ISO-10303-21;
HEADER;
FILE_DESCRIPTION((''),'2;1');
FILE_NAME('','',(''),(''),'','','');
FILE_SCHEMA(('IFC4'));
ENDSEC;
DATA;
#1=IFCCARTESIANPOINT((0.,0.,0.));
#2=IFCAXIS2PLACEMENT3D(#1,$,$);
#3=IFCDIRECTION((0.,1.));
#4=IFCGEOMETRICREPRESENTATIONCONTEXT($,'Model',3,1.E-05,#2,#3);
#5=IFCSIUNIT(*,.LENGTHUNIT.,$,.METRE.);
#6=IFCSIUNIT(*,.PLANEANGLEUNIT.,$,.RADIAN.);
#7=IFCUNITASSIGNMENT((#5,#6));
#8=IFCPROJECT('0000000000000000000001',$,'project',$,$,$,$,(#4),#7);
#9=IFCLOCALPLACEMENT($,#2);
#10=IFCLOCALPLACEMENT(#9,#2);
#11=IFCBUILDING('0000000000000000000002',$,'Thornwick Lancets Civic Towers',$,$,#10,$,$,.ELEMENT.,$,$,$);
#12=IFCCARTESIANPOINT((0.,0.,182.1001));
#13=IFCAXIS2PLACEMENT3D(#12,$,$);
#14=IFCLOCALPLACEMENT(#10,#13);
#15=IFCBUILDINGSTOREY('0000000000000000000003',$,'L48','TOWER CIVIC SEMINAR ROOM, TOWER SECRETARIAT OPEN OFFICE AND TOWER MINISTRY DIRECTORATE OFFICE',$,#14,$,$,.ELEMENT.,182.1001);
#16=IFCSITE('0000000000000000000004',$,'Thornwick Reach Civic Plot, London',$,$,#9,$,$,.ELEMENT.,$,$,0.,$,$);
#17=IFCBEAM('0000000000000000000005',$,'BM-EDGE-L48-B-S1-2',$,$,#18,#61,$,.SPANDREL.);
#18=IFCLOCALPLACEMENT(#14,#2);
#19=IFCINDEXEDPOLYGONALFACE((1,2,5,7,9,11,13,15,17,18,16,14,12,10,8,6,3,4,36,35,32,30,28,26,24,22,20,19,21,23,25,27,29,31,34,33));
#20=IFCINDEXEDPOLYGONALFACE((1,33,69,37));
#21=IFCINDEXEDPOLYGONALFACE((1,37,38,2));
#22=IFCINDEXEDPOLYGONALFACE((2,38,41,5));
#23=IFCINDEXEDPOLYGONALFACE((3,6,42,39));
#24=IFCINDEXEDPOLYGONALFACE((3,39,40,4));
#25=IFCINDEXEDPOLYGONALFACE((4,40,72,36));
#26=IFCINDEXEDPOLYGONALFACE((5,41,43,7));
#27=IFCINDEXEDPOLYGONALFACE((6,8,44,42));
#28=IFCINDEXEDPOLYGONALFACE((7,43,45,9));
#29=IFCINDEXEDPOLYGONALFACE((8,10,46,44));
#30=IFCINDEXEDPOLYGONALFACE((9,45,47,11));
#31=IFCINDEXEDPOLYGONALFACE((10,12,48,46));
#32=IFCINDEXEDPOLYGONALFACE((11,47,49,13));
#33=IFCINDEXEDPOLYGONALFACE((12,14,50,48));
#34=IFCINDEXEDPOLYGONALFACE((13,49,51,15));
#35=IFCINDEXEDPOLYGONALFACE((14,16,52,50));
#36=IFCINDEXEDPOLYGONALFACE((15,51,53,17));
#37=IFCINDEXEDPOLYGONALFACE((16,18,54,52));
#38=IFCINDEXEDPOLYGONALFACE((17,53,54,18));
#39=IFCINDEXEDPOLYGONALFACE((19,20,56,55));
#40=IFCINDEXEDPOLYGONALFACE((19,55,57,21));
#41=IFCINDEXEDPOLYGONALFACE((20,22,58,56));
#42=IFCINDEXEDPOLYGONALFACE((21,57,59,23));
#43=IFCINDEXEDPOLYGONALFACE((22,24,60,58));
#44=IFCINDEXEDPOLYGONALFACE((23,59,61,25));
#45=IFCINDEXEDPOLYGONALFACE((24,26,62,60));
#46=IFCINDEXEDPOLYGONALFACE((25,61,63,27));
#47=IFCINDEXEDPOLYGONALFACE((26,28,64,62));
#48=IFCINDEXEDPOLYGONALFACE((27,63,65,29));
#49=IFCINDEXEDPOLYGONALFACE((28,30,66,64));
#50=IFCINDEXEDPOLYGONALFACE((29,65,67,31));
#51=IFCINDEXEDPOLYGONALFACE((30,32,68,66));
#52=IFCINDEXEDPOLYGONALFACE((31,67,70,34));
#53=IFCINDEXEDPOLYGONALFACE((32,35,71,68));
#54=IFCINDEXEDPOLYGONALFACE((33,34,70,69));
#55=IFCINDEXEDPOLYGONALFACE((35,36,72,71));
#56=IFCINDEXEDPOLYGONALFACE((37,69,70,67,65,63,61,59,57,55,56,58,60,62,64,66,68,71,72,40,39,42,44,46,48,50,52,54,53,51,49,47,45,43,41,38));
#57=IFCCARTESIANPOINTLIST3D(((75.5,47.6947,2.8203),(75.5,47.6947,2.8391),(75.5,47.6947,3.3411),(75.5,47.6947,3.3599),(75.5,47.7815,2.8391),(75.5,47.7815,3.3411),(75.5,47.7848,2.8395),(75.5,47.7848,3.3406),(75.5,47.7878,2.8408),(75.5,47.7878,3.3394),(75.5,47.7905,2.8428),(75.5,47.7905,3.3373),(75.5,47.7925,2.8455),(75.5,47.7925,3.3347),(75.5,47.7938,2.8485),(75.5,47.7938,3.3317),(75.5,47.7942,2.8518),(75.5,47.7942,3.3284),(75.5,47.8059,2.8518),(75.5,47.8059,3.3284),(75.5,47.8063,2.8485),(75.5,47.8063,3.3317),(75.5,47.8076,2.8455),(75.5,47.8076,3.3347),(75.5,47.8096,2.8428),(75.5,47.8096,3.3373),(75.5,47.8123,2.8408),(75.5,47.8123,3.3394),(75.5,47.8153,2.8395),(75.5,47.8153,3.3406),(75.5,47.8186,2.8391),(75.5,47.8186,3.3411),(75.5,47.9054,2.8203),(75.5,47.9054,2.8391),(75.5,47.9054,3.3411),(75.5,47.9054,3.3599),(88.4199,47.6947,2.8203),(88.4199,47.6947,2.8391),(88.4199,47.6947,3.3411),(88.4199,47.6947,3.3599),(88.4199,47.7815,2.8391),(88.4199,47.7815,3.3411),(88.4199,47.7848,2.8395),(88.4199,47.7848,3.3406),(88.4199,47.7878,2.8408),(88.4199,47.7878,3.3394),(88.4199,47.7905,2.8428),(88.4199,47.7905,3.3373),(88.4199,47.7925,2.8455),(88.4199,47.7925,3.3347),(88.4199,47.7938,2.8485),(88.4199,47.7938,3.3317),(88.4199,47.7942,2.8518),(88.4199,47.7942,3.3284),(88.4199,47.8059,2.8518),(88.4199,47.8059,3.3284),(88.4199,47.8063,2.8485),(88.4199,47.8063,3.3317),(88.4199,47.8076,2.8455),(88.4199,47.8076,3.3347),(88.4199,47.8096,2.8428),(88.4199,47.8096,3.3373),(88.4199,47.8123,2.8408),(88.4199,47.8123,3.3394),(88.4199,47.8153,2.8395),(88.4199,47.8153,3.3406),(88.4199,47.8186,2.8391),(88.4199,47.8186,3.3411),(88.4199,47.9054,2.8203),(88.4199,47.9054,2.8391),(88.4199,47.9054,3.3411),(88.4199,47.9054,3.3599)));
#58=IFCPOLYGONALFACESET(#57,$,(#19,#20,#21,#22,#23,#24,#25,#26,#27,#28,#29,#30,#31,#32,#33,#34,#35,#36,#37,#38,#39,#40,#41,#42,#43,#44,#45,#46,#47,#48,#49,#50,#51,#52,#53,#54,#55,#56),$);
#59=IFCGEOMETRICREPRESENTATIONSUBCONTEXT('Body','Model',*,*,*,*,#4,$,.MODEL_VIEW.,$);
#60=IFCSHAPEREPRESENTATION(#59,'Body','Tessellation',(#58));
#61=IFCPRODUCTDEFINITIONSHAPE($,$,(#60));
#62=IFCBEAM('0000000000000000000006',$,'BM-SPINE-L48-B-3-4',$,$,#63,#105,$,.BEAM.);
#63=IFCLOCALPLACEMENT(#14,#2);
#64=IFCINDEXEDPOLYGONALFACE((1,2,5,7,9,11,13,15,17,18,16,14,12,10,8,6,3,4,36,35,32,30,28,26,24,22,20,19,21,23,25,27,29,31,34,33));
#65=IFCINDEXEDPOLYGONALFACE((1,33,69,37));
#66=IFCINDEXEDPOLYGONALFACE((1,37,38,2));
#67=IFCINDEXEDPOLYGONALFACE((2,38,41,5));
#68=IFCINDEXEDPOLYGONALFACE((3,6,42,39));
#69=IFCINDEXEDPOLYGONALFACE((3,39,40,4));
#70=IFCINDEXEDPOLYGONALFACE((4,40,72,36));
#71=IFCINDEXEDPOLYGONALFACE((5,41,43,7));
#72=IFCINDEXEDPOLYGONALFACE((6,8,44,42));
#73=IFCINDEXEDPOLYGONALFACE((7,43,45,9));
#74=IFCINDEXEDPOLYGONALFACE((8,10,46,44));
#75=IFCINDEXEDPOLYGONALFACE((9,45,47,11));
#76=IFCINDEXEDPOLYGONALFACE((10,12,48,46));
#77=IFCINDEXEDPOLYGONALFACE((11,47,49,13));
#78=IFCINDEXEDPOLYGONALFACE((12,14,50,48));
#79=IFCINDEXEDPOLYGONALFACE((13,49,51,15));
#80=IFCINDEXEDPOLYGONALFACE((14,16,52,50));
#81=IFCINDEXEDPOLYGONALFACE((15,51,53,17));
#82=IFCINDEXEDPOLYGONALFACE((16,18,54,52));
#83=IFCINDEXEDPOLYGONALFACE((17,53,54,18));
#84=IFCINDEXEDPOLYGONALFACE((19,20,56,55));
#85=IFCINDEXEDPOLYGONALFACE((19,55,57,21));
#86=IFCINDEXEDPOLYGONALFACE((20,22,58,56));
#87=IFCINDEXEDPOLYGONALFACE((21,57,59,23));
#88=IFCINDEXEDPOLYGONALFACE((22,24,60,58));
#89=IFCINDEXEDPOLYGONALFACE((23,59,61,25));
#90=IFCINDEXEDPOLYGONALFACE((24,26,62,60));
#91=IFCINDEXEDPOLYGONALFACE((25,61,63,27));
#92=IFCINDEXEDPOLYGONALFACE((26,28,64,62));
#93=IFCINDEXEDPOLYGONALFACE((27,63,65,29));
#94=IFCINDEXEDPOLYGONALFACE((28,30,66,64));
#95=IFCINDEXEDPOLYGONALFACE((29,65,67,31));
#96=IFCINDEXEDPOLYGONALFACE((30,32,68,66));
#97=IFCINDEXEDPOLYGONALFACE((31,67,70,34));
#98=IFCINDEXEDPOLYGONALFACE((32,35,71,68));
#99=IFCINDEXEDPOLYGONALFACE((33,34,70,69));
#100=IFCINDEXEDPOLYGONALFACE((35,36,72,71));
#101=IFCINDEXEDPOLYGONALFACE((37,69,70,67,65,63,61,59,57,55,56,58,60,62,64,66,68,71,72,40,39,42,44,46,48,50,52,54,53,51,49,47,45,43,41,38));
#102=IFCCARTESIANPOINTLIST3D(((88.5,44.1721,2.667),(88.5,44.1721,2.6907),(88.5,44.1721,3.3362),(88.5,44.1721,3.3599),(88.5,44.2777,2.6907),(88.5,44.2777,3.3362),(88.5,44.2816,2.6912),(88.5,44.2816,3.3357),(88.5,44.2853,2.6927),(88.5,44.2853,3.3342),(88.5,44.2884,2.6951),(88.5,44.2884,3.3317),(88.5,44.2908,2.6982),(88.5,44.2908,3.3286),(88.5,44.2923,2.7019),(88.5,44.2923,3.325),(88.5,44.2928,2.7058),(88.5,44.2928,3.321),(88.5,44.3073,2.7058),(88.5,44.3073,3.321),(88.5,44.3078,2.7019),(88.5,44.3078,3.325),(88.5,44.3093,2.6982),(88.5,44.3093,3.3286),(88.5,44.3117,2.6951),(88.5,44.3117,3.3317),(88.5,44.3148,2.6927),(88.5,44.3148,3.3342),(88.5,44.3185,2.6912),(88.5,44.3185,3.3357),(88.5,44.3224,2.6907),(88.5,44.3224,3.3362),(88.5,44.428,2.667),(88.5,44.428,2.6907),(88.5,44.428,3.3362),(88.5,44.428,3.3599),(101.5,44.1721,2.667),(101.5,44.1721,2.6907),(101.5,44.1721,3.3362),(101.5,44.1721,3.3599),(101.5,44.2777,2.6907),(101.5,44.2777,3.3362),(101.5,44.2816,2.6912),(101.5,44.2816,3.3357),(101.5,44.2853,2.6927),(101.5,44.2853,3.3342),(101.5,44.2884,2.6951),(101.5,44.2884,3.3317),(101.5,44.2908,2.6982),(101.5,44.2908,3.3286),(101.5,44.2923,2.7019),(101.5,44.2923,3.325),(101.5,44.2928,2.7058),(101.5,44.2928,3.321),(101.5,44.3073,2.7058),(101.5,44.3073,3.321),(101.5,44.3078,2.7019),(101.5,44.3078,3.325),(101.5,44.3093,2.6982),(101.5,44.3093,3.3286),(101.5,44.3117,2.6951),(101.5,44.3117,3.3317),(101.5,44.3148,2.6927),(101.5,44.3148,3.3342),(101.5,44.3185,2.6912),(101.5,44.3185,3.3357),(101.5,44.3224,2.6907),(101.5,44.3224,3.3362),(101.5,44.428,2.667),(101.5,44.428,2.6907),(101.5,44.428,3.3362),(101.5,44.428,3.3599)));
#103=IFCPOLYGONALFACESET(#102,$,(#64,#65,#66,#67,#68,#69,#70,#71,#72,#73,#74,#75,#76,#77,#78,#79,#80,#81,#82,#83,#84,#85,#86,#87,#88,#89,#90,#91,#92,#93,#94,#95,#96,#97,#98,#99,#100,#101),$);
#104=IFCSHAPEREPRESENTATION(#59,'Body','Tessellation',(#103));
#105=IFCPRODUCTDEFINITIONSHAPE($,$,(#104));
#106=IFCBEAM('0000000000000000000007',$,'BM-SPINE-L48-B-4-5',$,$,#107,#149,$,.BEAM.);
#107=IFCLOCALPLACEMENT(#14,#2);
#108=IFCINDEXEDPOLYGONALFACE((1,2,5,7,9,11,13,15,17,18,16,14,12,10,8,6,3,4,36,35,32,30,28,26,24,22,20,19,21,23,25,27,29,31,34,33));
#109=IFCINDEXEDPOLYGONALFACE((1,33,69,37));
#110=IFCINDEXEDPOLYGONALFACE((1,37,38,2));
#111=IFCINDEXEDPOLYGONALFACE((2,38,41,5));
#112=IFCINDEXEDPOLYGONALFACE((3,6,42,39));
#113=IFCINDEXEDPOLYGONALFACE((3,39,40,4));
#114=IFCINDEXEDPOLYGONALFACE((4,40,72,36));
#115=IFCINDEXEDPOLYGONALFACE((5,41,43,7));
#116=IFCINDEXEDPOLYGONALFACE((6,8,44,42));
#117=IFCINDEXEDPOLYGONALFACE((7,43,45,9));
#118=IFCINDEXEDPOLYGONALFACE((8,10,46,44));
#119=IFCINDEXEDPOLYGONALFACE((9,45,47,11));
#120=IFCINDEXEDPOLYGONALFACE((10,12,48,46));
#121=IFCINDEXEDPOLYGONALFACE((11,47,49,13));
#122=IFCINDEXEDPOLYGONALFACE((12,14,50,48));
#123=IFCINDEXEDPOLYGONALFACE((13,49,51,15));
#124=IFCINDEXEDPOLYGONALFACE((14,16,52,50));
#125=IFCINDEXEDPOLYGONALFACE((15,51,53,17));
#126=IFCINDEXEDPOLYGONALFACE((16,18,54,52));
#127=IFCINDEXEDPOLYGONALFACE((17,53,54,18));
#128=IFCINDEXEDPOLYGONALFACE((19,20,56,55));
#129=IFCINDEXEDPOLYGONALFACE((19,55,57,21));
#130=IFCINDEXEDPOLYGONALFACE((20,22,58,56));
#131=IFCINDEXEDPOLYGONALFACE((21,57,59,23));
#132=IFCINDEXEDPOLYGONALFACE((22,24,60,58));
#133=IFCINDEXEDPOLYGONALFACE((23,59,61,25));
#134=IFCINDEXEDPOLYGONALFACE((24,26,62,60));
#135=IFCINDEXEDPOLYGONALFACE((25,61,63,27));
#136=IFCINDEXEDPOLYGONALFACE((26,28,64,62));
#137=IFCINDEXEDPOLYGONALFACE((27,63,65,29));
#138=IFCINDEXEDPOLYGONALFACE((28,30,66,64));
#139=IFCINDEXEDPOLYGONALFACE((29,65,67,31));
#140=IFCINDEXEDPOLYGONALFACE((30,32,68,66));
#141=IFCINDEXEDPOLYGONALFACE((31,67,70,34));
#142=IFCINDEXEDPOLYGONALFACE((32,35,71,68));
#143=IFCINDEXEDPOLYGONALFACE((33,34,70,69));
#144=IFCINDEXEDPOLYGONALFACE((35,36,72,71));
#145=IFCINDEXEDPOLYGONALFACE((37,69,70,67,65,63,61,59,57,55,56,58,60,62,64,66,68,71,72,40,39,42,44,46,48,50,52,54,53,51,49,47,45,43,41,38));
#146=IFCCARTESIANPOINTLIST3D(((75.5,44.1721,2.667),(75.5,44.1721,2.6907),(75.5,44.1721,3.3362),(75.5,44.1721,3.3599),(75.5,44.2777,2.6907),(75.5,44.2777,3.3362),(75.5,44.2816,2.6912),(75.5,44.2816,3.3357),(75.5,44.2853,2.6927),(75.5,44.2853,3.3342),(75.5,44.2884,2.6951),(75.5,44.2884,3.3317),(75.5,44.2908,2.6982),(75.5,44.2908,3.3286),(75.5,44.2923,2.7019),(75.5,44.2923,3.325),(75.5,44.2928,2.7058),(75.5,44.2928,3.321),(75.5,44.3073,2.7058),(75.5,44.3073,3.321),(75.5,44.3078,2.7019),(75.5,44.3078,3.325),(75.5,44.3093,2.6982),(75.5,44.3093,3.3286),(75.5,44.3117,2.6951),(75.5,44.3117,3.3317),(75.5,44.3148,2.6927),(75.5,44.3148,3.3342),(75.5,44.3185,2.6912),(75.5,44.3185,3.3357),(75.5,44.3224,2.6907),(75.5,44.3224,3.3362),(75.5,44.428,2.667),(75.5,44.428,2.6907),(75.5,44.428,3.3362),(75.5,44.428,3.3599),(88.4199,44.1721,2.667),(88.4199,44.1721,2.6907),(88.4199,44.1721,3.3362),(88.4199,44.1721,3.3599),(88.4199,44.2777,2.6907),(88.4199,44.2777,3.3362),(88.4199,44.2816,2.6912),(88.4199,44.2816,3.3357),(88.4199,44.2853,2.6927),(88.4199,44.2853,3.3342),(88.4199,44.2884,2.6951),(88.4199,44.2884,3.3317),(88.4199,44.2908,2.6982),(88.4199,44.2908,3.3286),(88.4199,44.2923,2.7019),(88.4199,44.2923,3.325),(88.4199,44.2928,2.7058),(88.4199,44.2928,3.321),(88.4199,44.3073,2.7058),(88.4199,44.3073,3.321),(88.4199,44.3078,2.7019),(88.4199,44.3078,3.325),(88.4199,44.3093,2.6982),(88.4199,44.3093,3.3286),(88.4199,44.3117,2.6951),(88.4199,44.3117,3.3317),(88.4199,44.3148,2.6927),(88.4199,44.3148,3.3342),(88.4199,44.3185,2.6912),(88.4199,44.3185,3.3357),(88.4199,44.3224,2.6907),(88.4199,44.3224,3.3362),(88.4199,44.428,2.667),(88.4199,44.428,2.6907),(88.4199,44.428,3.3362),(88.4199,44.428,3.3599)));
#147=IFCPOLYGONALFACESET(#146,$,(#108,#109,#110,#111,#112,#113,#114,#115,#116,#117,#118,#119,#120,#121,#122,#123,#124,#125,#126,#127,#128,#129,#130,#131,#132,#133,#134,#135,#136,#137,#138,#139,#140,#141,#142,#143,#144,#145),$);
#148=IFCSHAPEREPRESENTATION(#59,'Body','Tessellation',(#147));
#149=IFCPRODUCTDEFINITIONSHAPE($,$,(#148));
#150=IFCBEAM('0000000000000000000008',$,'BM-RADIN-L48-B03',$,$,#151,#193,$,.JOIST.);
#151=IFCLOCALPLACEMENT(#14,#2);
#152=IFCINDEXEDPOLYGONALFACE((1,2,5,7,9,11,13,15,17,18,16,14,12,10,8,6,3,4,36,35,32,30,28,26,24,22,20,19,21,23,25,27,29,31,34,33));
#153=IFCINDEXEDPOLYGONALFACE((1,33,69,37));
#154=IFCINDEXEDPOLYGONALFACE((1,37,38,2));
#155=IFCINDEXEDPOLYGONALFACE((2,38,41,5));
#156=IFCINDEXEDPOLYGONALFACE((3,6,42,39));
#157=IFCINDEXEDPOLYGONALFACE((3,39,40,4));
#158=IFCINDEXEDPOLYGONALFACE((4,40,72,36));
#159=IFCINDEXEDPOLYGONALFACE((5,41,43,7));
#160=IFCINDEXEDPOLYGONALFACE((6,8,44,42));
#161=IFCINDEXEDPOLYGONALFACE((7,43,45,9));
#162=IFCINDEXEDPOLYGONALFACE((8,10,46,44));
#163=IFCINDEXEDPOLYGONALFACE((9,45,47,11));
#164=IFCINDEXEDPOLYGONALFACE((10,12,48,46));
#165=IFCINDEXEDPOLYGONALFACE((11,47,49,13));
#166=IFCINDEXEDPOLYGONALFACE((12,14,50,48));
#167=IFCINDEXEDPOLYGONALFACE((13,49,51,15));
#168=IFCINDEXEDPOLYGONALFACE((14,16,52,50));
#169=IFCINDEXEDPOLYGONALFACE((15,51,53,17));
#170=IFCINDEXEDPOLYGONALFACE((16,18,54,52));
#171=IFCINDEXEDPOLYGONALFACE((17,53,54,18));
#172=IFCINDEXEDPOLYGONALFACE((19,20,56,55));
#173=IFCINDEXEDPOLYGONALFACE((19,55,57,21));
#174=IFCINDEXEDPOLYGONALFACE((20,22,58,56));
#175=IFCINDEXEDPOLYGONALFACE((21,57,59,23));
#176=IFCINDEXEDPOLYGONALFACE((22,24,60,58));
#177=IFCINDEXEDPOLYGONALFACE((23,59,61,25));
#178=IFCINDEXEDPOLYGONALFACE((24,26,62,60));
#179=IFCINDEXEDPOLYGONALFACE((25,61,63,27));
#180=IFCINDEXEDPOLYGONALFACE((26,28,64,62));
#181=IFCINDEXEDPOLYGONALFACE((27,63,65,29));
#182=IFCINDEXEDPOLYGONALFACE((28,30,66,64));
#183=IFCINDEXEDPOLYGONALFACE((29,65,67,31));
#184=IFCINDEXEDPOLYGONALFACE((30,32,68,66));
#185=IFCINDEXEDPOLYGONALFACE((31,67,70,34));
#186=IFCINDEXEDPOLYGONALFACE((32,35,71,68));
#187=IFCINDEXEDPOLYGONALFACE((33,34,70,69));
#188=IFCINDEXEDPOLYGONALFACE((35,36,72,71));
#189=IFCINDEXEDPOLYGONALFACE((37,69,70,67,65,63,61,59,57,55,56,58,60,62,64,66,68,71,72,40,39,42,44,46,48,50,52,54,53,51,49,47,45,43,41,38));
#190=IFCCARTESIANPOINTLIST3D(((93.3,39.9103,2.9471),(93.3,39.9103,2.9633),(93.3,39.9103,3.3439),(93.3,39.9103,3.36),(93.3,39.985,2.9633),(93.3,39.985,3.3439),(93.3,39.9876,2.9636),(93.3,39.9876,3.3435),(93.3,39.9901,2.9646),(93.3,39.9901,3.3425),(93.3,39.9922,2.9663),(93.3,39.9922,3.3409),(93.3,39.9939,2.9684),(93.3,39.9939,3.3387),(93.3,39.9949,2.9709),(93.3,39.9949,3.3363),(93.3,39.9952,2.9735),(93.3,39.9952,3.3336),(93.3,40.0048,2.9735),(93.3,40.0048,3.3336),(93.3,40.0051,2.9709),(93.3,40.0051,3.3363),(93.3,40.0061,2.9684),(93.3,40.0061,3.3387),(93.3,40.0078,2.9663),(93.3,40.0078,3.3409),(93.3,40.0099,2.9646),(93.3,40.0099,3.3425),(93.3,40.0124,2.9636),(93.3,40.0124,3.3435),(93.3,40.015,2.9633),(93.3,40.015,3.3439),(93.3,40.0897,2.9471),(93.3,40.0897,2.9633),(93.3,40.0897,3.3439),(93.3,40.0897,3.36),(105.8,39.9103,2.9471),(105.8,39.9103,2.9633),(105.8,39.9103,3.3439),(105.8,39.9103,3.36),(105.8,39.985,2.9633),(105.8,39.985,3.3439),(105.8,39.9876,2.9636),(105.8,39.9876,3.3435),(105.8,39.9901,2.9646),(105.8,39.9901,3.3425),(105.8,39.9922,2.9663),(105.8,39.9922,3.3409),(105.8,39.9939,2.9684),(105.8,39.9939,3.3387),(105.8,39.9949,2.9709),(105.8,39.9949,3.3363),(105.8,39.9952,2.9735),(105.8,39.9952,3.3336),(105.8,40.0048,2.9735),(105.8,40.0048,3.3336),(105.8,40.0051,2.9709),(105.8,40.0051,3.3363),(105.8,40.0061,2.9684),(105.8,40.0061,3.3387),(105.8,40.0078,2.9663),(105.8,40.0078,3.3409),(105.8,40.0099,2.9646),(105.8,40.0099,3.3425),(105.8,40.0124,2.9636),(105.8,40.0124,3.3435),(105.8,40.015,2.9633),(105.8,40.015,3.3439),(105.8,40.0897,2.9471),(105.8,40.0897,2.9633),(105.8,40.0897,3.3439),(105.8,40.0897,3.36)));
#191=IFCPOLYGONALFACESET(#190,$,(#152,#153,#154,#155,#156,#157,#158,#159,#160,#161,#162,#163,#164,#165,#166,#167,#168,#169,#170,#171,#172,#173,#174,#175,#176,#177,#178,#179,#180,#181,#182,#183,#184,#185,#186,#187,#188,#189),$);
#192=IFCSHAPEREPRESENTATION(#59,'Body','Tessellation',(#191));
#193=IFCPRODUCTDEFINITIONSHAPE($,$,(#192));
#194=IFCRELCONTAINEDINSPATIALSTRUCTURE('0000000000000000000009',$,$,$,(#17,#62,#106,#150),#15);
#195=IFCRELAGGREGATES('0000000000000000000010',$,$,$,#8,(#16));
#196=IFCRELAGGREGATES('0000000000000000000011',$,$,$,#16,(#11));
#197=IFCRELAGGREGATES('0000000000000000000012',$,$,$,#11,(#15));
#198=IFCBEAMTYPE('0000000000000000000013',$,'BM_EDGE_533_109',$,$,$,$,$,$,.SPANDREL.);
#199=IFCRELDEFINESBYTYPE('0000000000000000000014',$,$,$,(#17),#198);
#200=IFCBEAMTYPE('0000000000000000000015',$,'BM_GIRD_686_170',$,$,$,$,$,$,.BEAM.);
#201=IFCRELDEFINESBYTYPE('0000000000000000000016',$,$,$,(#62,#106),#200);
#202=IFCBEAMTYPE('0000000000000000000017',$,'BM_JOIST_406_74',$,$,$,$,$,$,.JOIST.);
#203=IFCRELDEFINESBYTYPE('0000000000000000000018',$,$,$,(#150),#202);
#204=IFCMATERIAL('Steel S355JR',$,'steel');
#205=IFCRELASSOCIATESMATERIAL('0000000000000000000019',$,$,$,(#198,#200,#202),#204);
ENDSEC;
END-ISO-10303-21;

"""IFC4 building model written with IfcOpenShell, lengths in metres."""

from ifc_helpers import new_model, si_unit, direction, frame, origin, origin_2d, place, context, subcontext, project, spatial, i_section, extrude, material, material_profile, profile_set, type_object, element, save


model = new_model("IFC4")

# Units and contexts
model_context = context("Model", 3, precision=1e-05, world=origin(), true_north=direction((0.0, 1.0)))
body_context = subcontext(model_context, "Body", "Model", "MODEL_VIEW")
ifc_project = project(units=[si_unit("LENGTHUNIT", "METRE"), si_unit("PLANEANGLEUNIT", "RADIAN")], contexts=[model_context])

# Site, building, storey
site_placement = place(None, origin())
site = spatial("IfcSite", under=ifc_project, at=site_placement, Name="Thornwick Reach Civic Plot, London", CompositionType="ELEMENT", RefElevation=0.0)
building_placement = place(site_placement, origin())
building = spatial("IfcBuilding", under=site, at=building_placement, Name="Thornwick Lancets Civic Towers", CompositionType="ELEMENT")
storey_placement = place(building_placement, frame((0.0, 0.0, 182.1001)))
storey = spatial("IfcBuildingStorey", under=building, at=storey_placement, Name="L48", Description="TOWER CIVIC SEMINAR ROOM, TOWER SECRETARIAT OPEN OFFICE AND TOWER MINISTRY DIRECTORATE OFFICE", CompositionType="ELEMENT", Elevation=182.1001)

# Beams
ifc_material_1 = material(Name="Steel S355JR", Category="steel")
ifc_material_profile_1 = material_profile(ifc_material_1, i_section(OverallWidth=0.2107, OverallDepth=0.5396, WebThickness=0.0117, FlangeThickness=0.0188, FilletRadius=0.0127, at=origin_2d()), Name="UKB 533x210x109")
ifc_profile_set_1 = profile_set([ifc_material_profile_1], Name="Steel S355JR")
beam_type_1 = type_object("IfcBeamType", Name="BM_EDGE_533_109", PredefinedType="SPANDREL", material=ifc_profile_set_1)
beam_1_placement = place(storey_placement, frame((88.4199, 47.8, 3.0901), z_axis=(-1.0, 0.0, 0.0), x_axis=(0.0, -1.0, 0.0)))
element("IfcBeam", 1, at=beam_1_placement, inside=storey, type_object=beam_type_1, Name="BM-EDGE-L48-B-S1-2", PredefinedType="SPANDREL", context=body_context, shape_type="SweptSolid", body=[
    extrude(i_section(OverallWidth=0.2107, OverallDepth=0.5396, WebThickness=0.0117, FlangeThickness=0.0188, FilletRadius=0.0127, at=origin_2d()), origin(), (0.0, 0.0, 1.0), 12.9199),
])
ifc_material_profile_2 = material_profile(ifc_material_1, i_section(OverallWidth=0.2559, OverallDepth=0.6929, WebThickness=0.0144, FlangeThickness=0.0237, FilletRadius=0.0151, at=origin_2d()), Name="UKB 686x254x170")
ifc_profile_set_2 = profile_set([ifc_material_profile_2], Name="Steel S355JR")
beam_type_2 = type_object("IfcBeamType", Name="BM_GIRD_686_170", PredefinedType="BEAM", material=ifc_profile_set_2)
beam_2_placement = place(storey_placement, frame((101.5, 44.3, 3.0134), z_axis=(-1.0, 0.0, 0.0), x_axis=(0.0, -1.0, 0.0)))
element("IfcBeam", 2, at=beam_2_placement, inside=storey, type_object=beam_type_2, Name="BM-SPINE-L48-B-3-4", PredefinedType="BEAM", context=body_context, shape_type="SweptSolid", body=[
    extrude(i_section(OverallWidth=0.2559, OverallDepth=0.6929, WebThickness=0.0144, FlangeThickness=0.0237, FilletRadius=0.0151, at=origin_2d()), origin(), (0.0, 0.0, 1.0), 13.0),
])
beam_3_placement = place(storey_placement, frame((88.4199, 44.3, 3.0134), z_axis=(-1.0, 0.0, 0.0), x_axis=(0.0, -1.0, 0.0)))
element("IfcBeam", 3, at=beam_3_placement, inside=storey, type_object=beam_type_2, Name="BM-SPINE-L48-B-4-5", PredefinedType="BEAM", context=body_context, shape_type="SweptSolid", body=[
    extrude(i_section(OverallWidth=0.2559, OverallDepth=0.6929, WebThickness=0.0144, FlangeThickness=0.0237, FilletRadius=0.0151, at=origin_2d()), origin(), (0.0, 0.0, 1.0), 12.9199),
])
ifc_material_profile_3 = material_profile(ifc_material_1, i_section(OverallWidth=0.1794, OverallDepth=0.4128, WebThickness=0.0095, FlangeThickness=0.0161, FilletRadius=0.0103, at=origin_2d()), Name="UKB 406x178x74")
ifc_profile_set_3 = profile_set([ifc_material_profile_3], Name="Steel S355JR")
beam_type_3 = type_object("IfcBeamType", Name="BM_JOIST_406_74", PredefinedType="JOIST", material=ifc_profile_set_3)
beam_4_placement = place(storey_placement, frame((93.3, 40.0, 3.1536), z_axis=(1.0, 0.0, 0.0), x_axis=(0.0, 1.0, 0.0)))
element("IfcBeam", 4, at=beam_4_placement, inside=storey, type_object=beam_type_3, Name="BM-RADIN-L48-B03", PredefinedType="JOIST", context=body_context, shape_type="SweptSolid", body=[
    extrude(i_section(OverallWidth=0.1794, OverallDepth=0.4128, WebThickness=0.0095, FlangeThickness=0.0161, FilletRadius=0.0103, at=origin_2d()), origin(), (0.0, 0.0, 1.0), 12.5),
])

save(model, "model.ifc")
